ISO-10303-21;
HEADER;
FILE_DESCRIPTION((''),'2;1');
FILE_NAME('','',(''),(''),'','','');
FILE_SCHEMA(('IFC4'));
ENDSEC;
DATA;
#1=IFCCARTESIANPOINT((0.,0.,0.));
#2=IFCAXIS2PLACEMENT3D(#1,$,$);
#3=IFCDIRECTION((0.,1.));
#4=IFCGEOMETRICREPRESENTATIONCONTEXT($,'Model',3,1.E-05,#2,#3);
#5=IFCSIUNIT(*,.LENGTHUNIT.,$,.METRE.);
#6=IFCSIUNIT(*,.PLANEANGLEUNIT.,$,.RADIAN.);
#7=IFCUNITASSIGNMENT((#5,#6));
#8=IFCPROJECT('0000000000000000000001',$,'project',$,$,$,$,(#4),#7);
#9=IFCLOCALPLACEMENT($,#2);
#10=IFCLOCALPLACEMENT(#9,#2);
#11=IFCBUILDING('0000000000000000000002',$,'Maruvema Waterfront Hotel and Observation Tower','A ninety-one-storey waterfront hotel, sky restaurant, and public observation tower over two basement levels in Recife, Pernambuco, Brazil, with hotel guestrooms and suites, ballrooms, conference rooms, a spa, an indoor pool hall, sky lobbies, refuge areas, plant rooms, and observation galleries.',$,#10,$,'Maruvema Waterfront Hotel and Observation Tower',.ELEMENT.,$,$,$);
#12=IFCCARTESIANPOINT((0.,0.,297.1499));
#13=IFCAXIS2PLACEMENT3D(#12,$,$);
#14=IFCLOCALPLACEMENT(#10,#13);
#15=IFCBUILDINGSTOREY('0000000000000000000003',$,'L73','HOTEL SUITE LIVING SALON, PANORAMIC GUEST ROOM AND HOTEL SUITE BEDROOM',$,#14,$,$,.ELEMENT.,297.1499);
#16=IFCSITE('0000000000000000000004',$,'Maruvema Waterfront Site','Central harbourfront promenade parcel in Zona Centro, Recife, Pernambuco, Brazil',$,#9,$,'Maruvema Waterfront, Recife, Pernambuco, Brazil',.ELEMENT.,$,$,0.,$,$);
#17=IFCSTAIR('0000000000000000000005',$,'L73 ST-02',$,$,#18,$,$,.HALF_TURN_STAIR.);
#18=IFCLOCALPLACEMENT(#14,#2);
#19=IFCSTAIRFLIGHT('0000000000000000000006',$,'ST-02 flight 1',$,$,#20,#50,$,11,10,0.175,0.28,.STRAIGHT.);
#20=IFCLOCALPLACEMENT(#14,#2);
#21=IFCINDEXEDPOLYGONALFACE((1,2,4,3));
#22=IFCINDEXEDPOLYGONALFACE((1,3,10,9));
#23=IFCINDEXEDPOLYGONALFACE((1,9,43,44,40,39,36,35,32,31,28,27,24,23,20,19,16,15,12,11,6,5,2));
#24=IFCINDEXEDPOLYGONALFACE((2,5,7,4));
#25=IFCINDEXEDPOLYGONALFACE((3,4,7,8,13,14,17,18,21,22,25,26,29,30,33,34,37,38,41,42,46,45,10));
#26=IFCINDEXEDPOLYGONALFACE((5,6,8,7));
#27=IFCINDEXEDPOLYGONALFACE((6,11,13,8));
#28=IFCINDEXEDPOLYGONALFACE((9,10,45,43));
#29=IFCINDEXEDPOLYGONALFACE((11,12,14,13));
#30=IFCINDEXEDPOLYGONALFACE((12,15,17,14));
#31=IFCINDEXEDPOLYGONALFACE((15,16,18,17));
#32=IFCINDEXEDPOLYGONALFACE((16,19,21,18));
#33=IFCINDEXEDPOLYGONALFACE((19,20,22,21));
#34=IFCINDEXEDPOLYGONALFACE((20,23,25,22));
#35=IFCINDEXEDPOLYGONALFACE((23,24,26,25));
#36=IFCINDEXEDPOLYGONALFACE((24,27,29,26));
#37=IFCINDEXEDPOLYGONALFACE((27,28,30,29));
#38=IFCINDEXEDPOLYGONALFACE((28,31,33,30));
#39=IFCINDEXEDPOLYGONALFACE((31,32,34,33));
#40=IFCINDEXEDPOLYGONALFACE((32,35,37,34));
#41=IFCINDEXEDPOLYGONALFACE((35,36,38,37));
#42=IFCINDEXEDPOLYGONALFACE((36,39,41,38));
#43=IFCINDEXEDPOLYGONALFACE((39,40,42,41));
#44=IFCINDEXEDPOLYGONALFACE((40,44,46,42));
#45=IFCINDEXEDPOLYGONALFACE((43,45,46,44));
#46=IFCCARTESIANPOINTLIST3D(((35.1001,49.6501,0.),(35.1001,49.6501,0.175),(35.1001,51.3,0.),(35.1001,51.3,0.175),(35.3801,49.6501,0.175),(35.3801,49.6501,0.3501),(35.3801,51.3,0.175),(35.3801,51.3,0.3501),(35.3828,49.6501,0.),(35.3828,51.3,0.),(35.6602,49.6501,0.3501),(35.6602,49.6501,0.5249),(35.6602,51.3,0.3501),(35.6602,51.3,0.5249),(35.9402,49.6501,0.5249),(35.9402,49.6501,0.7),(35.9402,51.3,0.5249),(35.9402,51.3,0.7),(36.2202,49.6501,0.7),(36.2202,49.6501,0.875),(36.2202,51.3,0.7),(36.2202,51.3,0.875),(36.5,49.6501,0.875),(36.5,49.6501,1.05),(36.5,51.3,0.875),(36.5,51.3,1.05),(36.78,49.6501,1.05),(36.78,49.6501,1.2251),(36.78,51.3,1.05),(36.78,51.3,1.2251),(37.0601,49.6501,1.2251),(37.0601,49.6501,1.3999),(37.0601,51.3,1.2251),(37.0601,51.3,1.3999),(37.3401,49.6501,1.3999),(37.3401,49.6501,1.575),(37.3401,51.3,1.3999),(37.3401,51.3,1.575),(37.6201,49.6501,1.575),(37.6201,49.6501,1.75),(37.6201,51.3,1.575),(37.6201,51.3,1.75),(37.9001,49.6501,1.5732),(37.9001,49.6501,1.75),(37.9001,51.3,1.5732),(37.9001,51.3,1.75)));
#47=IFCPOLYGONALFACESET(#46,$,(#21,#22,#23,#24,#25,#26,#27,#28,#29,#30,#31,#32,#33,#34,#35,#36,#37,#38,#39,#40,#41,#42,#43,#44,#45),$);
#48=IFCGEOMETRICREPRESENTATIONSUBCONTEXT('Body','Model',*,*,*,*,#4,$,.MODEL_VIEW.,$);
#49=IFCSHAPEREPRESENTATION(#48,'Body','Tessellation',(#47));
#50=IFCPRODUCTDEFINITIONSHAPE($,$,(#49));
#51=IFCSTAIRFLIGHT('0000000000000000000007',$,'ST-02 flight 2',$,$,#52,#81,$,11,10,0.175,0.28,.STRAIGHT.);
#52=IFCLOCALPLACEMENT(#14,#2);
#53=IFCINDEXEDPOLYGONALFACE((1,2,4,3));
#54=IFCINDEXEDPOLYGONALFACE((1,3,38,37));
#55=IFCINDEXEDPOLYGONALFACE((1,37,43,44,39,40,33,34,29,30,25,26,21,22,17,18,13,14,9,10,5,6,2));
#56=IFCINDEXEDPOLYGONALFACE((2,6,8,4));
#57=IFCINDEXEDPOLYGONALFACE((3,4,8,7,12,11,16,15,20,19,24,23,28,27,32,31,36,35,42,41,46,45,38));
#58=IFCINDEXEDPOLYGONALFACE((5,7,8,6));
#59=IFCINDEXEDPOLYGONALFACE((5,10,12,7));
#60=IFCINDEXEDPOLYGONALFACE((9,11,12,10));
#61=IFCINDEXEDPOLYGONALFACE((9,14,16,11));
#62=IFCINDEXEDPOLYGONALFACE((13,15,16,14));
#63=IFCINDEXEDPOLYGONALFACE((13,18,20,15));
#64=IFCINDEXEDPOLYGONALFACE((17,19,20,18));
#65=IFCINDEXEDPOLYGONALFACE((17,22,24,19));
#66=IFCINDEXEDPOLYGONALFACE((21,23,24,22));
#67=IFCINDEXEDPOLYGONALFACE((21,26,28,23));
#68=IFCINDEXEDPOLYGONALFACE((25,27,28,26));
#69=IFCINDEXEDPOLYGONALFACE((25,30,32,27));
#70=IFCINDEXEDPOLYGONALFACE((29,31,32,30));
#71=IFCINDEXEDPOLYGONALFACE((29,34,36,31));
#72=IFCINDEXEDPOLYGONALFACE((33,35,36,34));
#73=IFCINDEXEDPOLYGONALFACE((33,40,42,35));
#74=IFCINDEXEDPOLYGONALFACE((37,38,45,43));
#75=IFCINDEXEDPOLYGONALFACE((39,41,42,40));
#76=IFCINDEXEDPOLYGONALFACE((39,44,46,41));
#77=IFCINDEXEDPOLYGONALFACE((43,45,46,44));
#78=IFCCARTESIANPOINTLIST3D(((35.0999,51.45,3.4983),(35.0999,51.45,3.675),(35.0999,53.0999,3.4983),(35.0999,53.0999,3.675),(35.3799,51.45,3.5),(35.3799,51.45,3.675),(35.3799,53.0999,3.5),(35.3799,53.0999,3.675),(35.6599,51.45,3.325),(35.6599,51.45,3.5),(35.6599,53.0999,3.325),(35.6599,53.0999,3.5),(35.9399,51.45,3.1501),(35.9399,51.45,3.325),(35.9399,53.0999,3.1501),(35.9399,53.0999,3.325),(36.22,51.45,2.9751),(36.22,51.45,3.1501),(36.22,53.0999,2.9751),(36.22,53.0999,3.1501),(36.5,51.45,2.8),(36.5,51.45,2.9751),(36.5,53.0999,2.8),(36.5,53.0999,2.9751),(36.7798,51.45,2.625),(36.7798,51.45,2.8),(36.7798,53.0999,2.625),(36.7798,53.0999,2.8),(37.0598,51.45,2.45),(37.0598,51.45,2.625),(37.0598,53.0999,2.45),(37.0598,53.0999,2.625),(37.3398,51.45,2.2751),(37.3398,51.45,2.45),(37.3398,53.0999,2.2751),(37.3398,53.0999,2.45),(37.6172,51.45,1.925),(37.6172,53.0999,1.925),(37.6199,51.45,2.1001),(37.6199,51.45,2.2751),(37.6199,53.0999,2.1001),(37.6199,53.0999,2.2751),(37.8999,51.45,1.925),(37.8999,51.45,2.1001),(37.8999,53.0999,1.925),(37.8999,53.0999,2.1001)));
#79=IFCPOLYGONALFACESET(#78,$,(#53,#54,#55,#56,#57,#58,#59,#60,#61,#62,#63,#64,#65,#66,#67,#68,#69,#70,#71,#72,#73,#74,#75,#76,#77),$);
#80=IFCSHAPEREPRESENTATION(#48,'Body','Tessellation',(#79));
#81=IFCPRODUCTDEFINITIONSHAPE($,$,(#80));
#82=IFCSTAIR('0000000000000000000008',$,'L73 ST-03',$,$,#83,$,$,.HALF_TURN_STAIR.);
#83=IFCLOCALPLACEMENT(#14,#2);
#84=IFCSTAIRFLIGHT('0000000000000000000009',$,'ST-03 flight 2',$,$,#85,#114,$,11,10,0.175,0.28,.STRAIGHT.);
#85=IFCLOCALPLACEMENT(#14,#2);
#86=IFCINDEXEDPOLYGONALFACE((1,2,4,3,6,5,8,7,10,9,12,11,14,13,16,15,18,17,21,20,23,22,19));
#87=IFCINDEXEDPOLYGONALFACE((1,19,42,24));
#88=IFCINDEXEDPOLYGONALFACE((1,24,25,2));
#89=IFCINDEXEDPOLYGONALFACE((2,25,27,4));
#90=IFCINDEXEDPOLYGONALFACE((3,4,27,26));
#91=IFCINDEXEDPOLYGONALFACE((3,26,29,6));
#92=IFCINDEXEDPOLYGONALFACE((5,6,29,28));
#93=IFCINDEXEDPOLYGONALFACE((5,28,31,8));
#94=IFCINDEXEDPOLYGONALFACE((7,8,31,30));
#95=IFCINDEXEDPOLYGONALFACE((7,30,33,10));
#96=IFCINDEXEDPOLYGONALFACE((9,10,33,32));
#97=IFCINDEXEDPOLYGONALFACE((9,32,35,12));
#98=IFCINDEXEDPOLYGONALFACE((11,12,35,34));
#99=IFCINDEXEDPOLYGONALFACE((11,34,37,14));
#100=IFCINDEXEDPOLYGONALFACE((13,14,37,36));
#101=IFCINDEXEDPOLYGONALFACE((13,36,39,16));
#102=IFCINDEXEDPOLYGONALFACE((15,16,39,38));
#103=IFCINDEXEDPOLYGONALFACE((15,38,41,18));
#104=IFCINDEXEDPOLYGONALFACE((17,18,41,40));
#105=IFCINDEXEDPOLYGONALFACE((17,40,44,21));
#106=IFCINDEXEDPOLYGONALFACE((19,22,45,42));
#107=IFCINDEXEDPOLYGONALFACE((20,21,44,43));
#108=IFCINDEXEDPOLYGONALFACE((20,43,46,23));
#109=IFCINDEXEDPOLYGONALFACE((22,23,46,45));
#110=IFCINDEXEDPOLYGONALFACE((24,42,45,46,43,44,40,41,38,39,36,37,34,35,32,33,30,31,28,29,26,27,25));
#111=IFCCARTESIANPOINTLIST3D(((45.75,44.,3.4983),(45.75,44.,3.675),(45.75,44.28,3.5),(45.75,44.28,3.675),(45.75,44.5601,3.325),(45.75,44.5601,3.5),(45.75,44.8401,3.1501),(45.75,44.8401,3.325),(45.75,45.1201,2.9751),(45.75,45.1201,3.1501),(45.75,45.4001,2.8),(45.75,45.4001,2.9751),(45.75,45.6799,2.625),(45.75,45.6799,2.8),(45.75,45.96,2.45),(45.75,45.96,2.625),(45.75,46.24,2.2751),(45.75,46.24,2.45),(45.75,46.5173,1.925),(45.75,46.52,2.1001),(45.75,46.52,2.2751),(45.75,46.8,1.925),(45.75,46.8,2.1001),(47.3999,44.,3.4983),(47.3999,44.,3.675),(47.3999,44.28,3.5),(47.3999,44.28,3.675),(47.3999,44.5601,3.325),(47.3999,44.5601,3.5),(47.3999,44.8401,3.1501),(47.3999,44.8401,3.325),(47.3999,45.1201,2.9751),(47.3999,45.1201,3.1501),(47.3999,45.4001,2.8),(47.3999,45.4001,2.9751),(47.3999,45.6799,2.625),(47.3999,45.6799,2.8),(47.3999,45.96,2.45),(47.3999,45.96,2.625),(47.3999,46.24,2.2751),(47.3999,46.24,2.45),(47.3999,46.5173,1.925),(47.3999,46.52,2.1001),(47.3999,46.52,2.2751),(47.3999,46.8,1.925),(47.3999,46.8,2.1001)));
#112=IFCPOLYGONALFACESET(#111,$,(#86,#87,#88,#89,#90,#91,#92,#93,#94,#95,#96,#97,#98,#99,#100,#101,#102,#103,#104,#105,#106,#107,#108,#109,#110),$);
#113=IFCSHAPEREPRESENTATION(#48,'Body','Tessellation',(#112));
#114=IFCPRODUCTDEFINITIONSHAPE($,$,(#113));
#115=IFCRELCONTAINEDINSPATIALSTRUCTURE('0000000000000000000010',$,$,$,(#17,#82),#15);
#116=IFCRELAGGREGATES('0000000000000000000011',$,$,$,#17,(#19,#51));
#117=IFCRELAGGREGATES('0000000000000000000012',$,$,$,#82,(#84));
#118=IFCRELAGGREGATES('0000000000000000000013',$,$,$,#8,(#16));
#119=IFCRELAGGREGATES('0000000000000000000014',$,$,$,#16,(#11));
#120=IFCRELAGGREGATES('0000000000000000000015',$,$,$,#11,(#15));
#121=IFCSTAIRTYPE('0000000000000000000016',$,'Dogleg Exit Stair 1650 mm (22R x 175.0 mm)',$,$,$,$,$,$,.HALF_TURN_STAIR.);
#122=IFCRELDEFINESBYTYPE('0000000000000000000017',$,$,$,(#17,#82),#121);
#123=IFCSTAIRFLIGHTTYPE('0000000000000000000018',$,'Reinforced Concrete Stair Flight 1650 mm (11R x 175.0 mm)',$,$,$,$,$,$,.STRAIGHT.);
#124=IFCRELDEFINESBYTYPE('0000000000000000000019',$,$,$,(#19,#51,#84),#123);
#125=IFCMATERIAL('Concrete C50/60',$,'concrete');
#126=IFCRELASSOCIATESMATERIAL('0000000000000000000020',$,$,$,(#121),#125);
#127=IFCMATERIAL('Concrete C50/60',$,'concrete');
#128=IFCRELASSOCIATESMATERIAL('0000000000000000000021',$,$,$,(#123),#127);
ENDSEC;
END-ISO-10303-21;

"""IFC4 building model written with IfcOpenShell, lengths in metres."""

from ifc_helpers import new_model, si_unit, direction, frame, origin, place, context, subcontext, project, spatial, polyline, outline, extrude, material, type_object, element, aggregate, save


model = new_model("IFC4")

# Units and contexts
model_context = context("Model", 3, precision=1e-05, world=origin(), true_north=direction((0.0, 1.0)))
body_context = subcontext(model_context, "Body", "Model", "MODEL_VIEW")
ifc_project = project(units=[si_unit("LENGTHUNIT", "METRE"), si_unit("PLANEANGLEUNIT", "RADIAN")], contexts=[model_context])

# Site, building, storey
site_placement = place(None, origin())
site = spatial("IfcSite", under=ifc_project, at=site_placement, Name="Maruvema Waterfront Site", Description="Central harbourfront promenade parcel in Zona Centro, Recife, Pernambuco, Brazil", LongName="Maruvema Waterfront, Recife, Pernambuco, Brazil", CompositionType="ELEMENT", RefElevation=0.0)
building_placement = place(site_placement, origin())
building = spatial("IfcBuilding", under=site, at=building_placement, Name="Maruvema Waterfront Hotel and Observation Tower", Description="A ninety-one-storey waterfront hotel, sky restaurant, and public observation tower over two basement levels in Recife, Pernambuco, Brazil, with hotel guestrooms and suites, ballrooms, conference rooms, a spa, an indoor pool hall, sky lobbies, refuge areas, plant rooms, and observation galleries.", LongName="Maruvema Waterfront Hotel and Observation Tower", CompositionType="ELEMENT")
storey_placement = place(building_placement, frame((0.0, 0.0, 297.1499)))
storey = spatial("IfcBuildingStorey", under=building, at=storey_placement, Name="L73", Description="HOTEL SUITE LIVING SALON, PANORAMIC GUEST ROOM AND HOTEL SUITE BEDROOM", CompositionType="ELEMENT", Elevation=297.1499)

# Stair, stair flights
ifc_material_1 = material(Name="Concrete C50/60", Category="concrete")
stair_type = type_object("IfcStairType", Name="Dogleg Exit Stair 1650 mm (22R x 175.0 mm)", PredefinedType="HALF_TURN_STAIR", material=ifc_material_1)
stair_1_placement = place(storey_placement, origin())
stair_1 = element("IfcStair", 1, at=stair_1_placement, inside=storey, type_object=stair_type, Name="L73 ST-02", PredefinedType="HALF_TURN_STAIR")
ifc_material_2 = material(Name="Concrete C50/60", Category="concrete")
stair_flight_type = type_object("IfcStairFlightType", Name="Reinforced Concrete Stair Flight 1650 mm (11R x 175.0 mm)", PredefinedType="STRAIGHT", material=ifc_material_2)
stair_flight_1_placement = place(storey_placement, frame((35.1001, 50.4751, 0.0), z_axis=(0.0, 0.0, 1.0), x_axis=(1.0, 0.0, 0.0)))
stair_flight_1 = element("IfcStairFlight", 2, at=stair_flight_1_placement, type_object=stair_flight_type, Name="ST-02 flight 1", NumberOfRisers=11, NumberOfTreads=10, PredefinedType="STRAIGHT", RiserHeight=0.175, TreadLength=0.28, context=body_context, shape_type="SweptSolid", body=[
    extrude(outline(polyline([(0.0, 0.0), (0.0, 0.175), (0.28, 0.175), (0.28, 0.3501), (0.5601, 0.3501), (0.5601, 0.5249), (0.8401, 0.5249), (0.8401, 0.7), (1.1201, 0.7), (1.1201, 0.875), (1.3999, 0.875), (1.3999, 1.05), (1.6799, 1.05), (1.6799, 1.2251), (1.96, 1.2251), (1.96, 1.3999), (2.24, 1.3999), (2.24, 1.575), (2.52, 1.575), (2.52, 1.75), (2.8, 1.75), (2.8, 1.925), (2.8, 1.5732), (0.2827, 0.0), (0.0, 0.0)])), frame((0.0, 0.825, 0.0), z_axis=(0.0, -1.0, 0.0), x_axis=(1.0, 0.0, 0.0)), (0.0, 0.0, 1.0), 1.6499),
])
stair_flight_2_placement = place(storey_placement, frame((37.8999, 52.2749, 1.925), z_axis=(0.0, 0.0, 1.0), x_axis=(-1.0, 0.0, 0.0)))
stair_flight_2 = element("IfcStairFlight", 3, at=stair_flight_2_placement, type_object=stair_flight_type, Name="ST-02 flight 2", NumberOfRisers=11, NumberOfTreads=10, PredefinedType="STRAIGHT", RiserHeight=0.175, TreadLength=0.28, context=body_context, shape_type="SweptSolid", body=[
    extrude(outline(polyline([(0.0, 0.0), (0.0, 0.175), (0.28, 0.175), (0.28, 0.3501), (0.5601, 0.3501), (0.5601, 0.5249), (0.8401, 0.5249), (0.8401, 0.7), (1.1201, 0.7), (1.1201, 0.875), (1.3999, 0.875), (1.3999, 1.05), (1.6799, 1.05), (1.6799, 1.2251), (1.96, 1.2251), (1.96, 1.3999), (2.24, 1.3999), (2.24, 1.575), (2.52, 1.575), (2.52, 1.75), (2.8, 1.75), (2.8, 1.925), (2.8, 1.5732), (0.2827, 0.0), (0.0, 0.0)])), frame((0.0, 0.825, 0.0), z_axis=(0.0, -1.0, 0.0), x_axis=(1.0, 0.0, 0.0)), (0.0, 0.0, 1.0), 1.6499),
])
aggregate(stair_1, [stair_flight_1, stair_flight_2])

# Stair, stair flight
stair_2_placement = place(storey_placement, origin())
stair_2 = element("IfcStair", 4, at=stair_2_placement, inside=storey, type_object=stair_type, Name="L73 ST-03", PredefinedType="HALF_TURN_STAIR")
stair_flight_3_placement = place(storey_placement, frame((46.575, 46.8, 1.925), z_axis=(0.0, 0.0, 1.0), x_axis=(0.0, -1.0, 0.0)))
stair_flight_3 = element("IfcStairFlight", 5, at=stair_flight_3_placement, type_object=stair_flight_type, Name="ST-03 flight 2", NumberOfRisers=11, NumberOfTreads=10, PredefinedType="STRAIGHT", RiserHeight=0.175, TreadLength=0.28, context=body_context, shape_type="SweptSolid", body=[
    extrude(outline(polyline([(0.0, 0.0), (0.0, 0.175), (0.28, 0.175), (0.28, 0.3501), (0.5601, 0.3501), (0.5601, 0.5249), (0.8401, 0.5249), (0.8401, 0.7), (1.1201, 0.7), (1.1201, 0.875), (1.3999, 0.875), (1.3999, 1.05), (1.6799, 1.05), (1.6799, 1.2251), (1.96, 1.2251), (1.96, 1.3999), (2.24, 1.3999), (2.24, 1.575), (2.52, 1.575), (2.52, 1.75), (2.8, 1.75), (2.8, 1.925), (2.8, 1.5732), (0.2827, 0.0), (0.0, 0.0)])), frame((0.0, 0.825, 0.0), z_axis=(0.0, -1.0, 0.0), x_axis=(1.0, 0.0, 0.0)), (0.0, 0.0, 1.0), 1.6499),
])
aggregate(stair_2, [stair_flight_3])

save(model, "model.ifc")
